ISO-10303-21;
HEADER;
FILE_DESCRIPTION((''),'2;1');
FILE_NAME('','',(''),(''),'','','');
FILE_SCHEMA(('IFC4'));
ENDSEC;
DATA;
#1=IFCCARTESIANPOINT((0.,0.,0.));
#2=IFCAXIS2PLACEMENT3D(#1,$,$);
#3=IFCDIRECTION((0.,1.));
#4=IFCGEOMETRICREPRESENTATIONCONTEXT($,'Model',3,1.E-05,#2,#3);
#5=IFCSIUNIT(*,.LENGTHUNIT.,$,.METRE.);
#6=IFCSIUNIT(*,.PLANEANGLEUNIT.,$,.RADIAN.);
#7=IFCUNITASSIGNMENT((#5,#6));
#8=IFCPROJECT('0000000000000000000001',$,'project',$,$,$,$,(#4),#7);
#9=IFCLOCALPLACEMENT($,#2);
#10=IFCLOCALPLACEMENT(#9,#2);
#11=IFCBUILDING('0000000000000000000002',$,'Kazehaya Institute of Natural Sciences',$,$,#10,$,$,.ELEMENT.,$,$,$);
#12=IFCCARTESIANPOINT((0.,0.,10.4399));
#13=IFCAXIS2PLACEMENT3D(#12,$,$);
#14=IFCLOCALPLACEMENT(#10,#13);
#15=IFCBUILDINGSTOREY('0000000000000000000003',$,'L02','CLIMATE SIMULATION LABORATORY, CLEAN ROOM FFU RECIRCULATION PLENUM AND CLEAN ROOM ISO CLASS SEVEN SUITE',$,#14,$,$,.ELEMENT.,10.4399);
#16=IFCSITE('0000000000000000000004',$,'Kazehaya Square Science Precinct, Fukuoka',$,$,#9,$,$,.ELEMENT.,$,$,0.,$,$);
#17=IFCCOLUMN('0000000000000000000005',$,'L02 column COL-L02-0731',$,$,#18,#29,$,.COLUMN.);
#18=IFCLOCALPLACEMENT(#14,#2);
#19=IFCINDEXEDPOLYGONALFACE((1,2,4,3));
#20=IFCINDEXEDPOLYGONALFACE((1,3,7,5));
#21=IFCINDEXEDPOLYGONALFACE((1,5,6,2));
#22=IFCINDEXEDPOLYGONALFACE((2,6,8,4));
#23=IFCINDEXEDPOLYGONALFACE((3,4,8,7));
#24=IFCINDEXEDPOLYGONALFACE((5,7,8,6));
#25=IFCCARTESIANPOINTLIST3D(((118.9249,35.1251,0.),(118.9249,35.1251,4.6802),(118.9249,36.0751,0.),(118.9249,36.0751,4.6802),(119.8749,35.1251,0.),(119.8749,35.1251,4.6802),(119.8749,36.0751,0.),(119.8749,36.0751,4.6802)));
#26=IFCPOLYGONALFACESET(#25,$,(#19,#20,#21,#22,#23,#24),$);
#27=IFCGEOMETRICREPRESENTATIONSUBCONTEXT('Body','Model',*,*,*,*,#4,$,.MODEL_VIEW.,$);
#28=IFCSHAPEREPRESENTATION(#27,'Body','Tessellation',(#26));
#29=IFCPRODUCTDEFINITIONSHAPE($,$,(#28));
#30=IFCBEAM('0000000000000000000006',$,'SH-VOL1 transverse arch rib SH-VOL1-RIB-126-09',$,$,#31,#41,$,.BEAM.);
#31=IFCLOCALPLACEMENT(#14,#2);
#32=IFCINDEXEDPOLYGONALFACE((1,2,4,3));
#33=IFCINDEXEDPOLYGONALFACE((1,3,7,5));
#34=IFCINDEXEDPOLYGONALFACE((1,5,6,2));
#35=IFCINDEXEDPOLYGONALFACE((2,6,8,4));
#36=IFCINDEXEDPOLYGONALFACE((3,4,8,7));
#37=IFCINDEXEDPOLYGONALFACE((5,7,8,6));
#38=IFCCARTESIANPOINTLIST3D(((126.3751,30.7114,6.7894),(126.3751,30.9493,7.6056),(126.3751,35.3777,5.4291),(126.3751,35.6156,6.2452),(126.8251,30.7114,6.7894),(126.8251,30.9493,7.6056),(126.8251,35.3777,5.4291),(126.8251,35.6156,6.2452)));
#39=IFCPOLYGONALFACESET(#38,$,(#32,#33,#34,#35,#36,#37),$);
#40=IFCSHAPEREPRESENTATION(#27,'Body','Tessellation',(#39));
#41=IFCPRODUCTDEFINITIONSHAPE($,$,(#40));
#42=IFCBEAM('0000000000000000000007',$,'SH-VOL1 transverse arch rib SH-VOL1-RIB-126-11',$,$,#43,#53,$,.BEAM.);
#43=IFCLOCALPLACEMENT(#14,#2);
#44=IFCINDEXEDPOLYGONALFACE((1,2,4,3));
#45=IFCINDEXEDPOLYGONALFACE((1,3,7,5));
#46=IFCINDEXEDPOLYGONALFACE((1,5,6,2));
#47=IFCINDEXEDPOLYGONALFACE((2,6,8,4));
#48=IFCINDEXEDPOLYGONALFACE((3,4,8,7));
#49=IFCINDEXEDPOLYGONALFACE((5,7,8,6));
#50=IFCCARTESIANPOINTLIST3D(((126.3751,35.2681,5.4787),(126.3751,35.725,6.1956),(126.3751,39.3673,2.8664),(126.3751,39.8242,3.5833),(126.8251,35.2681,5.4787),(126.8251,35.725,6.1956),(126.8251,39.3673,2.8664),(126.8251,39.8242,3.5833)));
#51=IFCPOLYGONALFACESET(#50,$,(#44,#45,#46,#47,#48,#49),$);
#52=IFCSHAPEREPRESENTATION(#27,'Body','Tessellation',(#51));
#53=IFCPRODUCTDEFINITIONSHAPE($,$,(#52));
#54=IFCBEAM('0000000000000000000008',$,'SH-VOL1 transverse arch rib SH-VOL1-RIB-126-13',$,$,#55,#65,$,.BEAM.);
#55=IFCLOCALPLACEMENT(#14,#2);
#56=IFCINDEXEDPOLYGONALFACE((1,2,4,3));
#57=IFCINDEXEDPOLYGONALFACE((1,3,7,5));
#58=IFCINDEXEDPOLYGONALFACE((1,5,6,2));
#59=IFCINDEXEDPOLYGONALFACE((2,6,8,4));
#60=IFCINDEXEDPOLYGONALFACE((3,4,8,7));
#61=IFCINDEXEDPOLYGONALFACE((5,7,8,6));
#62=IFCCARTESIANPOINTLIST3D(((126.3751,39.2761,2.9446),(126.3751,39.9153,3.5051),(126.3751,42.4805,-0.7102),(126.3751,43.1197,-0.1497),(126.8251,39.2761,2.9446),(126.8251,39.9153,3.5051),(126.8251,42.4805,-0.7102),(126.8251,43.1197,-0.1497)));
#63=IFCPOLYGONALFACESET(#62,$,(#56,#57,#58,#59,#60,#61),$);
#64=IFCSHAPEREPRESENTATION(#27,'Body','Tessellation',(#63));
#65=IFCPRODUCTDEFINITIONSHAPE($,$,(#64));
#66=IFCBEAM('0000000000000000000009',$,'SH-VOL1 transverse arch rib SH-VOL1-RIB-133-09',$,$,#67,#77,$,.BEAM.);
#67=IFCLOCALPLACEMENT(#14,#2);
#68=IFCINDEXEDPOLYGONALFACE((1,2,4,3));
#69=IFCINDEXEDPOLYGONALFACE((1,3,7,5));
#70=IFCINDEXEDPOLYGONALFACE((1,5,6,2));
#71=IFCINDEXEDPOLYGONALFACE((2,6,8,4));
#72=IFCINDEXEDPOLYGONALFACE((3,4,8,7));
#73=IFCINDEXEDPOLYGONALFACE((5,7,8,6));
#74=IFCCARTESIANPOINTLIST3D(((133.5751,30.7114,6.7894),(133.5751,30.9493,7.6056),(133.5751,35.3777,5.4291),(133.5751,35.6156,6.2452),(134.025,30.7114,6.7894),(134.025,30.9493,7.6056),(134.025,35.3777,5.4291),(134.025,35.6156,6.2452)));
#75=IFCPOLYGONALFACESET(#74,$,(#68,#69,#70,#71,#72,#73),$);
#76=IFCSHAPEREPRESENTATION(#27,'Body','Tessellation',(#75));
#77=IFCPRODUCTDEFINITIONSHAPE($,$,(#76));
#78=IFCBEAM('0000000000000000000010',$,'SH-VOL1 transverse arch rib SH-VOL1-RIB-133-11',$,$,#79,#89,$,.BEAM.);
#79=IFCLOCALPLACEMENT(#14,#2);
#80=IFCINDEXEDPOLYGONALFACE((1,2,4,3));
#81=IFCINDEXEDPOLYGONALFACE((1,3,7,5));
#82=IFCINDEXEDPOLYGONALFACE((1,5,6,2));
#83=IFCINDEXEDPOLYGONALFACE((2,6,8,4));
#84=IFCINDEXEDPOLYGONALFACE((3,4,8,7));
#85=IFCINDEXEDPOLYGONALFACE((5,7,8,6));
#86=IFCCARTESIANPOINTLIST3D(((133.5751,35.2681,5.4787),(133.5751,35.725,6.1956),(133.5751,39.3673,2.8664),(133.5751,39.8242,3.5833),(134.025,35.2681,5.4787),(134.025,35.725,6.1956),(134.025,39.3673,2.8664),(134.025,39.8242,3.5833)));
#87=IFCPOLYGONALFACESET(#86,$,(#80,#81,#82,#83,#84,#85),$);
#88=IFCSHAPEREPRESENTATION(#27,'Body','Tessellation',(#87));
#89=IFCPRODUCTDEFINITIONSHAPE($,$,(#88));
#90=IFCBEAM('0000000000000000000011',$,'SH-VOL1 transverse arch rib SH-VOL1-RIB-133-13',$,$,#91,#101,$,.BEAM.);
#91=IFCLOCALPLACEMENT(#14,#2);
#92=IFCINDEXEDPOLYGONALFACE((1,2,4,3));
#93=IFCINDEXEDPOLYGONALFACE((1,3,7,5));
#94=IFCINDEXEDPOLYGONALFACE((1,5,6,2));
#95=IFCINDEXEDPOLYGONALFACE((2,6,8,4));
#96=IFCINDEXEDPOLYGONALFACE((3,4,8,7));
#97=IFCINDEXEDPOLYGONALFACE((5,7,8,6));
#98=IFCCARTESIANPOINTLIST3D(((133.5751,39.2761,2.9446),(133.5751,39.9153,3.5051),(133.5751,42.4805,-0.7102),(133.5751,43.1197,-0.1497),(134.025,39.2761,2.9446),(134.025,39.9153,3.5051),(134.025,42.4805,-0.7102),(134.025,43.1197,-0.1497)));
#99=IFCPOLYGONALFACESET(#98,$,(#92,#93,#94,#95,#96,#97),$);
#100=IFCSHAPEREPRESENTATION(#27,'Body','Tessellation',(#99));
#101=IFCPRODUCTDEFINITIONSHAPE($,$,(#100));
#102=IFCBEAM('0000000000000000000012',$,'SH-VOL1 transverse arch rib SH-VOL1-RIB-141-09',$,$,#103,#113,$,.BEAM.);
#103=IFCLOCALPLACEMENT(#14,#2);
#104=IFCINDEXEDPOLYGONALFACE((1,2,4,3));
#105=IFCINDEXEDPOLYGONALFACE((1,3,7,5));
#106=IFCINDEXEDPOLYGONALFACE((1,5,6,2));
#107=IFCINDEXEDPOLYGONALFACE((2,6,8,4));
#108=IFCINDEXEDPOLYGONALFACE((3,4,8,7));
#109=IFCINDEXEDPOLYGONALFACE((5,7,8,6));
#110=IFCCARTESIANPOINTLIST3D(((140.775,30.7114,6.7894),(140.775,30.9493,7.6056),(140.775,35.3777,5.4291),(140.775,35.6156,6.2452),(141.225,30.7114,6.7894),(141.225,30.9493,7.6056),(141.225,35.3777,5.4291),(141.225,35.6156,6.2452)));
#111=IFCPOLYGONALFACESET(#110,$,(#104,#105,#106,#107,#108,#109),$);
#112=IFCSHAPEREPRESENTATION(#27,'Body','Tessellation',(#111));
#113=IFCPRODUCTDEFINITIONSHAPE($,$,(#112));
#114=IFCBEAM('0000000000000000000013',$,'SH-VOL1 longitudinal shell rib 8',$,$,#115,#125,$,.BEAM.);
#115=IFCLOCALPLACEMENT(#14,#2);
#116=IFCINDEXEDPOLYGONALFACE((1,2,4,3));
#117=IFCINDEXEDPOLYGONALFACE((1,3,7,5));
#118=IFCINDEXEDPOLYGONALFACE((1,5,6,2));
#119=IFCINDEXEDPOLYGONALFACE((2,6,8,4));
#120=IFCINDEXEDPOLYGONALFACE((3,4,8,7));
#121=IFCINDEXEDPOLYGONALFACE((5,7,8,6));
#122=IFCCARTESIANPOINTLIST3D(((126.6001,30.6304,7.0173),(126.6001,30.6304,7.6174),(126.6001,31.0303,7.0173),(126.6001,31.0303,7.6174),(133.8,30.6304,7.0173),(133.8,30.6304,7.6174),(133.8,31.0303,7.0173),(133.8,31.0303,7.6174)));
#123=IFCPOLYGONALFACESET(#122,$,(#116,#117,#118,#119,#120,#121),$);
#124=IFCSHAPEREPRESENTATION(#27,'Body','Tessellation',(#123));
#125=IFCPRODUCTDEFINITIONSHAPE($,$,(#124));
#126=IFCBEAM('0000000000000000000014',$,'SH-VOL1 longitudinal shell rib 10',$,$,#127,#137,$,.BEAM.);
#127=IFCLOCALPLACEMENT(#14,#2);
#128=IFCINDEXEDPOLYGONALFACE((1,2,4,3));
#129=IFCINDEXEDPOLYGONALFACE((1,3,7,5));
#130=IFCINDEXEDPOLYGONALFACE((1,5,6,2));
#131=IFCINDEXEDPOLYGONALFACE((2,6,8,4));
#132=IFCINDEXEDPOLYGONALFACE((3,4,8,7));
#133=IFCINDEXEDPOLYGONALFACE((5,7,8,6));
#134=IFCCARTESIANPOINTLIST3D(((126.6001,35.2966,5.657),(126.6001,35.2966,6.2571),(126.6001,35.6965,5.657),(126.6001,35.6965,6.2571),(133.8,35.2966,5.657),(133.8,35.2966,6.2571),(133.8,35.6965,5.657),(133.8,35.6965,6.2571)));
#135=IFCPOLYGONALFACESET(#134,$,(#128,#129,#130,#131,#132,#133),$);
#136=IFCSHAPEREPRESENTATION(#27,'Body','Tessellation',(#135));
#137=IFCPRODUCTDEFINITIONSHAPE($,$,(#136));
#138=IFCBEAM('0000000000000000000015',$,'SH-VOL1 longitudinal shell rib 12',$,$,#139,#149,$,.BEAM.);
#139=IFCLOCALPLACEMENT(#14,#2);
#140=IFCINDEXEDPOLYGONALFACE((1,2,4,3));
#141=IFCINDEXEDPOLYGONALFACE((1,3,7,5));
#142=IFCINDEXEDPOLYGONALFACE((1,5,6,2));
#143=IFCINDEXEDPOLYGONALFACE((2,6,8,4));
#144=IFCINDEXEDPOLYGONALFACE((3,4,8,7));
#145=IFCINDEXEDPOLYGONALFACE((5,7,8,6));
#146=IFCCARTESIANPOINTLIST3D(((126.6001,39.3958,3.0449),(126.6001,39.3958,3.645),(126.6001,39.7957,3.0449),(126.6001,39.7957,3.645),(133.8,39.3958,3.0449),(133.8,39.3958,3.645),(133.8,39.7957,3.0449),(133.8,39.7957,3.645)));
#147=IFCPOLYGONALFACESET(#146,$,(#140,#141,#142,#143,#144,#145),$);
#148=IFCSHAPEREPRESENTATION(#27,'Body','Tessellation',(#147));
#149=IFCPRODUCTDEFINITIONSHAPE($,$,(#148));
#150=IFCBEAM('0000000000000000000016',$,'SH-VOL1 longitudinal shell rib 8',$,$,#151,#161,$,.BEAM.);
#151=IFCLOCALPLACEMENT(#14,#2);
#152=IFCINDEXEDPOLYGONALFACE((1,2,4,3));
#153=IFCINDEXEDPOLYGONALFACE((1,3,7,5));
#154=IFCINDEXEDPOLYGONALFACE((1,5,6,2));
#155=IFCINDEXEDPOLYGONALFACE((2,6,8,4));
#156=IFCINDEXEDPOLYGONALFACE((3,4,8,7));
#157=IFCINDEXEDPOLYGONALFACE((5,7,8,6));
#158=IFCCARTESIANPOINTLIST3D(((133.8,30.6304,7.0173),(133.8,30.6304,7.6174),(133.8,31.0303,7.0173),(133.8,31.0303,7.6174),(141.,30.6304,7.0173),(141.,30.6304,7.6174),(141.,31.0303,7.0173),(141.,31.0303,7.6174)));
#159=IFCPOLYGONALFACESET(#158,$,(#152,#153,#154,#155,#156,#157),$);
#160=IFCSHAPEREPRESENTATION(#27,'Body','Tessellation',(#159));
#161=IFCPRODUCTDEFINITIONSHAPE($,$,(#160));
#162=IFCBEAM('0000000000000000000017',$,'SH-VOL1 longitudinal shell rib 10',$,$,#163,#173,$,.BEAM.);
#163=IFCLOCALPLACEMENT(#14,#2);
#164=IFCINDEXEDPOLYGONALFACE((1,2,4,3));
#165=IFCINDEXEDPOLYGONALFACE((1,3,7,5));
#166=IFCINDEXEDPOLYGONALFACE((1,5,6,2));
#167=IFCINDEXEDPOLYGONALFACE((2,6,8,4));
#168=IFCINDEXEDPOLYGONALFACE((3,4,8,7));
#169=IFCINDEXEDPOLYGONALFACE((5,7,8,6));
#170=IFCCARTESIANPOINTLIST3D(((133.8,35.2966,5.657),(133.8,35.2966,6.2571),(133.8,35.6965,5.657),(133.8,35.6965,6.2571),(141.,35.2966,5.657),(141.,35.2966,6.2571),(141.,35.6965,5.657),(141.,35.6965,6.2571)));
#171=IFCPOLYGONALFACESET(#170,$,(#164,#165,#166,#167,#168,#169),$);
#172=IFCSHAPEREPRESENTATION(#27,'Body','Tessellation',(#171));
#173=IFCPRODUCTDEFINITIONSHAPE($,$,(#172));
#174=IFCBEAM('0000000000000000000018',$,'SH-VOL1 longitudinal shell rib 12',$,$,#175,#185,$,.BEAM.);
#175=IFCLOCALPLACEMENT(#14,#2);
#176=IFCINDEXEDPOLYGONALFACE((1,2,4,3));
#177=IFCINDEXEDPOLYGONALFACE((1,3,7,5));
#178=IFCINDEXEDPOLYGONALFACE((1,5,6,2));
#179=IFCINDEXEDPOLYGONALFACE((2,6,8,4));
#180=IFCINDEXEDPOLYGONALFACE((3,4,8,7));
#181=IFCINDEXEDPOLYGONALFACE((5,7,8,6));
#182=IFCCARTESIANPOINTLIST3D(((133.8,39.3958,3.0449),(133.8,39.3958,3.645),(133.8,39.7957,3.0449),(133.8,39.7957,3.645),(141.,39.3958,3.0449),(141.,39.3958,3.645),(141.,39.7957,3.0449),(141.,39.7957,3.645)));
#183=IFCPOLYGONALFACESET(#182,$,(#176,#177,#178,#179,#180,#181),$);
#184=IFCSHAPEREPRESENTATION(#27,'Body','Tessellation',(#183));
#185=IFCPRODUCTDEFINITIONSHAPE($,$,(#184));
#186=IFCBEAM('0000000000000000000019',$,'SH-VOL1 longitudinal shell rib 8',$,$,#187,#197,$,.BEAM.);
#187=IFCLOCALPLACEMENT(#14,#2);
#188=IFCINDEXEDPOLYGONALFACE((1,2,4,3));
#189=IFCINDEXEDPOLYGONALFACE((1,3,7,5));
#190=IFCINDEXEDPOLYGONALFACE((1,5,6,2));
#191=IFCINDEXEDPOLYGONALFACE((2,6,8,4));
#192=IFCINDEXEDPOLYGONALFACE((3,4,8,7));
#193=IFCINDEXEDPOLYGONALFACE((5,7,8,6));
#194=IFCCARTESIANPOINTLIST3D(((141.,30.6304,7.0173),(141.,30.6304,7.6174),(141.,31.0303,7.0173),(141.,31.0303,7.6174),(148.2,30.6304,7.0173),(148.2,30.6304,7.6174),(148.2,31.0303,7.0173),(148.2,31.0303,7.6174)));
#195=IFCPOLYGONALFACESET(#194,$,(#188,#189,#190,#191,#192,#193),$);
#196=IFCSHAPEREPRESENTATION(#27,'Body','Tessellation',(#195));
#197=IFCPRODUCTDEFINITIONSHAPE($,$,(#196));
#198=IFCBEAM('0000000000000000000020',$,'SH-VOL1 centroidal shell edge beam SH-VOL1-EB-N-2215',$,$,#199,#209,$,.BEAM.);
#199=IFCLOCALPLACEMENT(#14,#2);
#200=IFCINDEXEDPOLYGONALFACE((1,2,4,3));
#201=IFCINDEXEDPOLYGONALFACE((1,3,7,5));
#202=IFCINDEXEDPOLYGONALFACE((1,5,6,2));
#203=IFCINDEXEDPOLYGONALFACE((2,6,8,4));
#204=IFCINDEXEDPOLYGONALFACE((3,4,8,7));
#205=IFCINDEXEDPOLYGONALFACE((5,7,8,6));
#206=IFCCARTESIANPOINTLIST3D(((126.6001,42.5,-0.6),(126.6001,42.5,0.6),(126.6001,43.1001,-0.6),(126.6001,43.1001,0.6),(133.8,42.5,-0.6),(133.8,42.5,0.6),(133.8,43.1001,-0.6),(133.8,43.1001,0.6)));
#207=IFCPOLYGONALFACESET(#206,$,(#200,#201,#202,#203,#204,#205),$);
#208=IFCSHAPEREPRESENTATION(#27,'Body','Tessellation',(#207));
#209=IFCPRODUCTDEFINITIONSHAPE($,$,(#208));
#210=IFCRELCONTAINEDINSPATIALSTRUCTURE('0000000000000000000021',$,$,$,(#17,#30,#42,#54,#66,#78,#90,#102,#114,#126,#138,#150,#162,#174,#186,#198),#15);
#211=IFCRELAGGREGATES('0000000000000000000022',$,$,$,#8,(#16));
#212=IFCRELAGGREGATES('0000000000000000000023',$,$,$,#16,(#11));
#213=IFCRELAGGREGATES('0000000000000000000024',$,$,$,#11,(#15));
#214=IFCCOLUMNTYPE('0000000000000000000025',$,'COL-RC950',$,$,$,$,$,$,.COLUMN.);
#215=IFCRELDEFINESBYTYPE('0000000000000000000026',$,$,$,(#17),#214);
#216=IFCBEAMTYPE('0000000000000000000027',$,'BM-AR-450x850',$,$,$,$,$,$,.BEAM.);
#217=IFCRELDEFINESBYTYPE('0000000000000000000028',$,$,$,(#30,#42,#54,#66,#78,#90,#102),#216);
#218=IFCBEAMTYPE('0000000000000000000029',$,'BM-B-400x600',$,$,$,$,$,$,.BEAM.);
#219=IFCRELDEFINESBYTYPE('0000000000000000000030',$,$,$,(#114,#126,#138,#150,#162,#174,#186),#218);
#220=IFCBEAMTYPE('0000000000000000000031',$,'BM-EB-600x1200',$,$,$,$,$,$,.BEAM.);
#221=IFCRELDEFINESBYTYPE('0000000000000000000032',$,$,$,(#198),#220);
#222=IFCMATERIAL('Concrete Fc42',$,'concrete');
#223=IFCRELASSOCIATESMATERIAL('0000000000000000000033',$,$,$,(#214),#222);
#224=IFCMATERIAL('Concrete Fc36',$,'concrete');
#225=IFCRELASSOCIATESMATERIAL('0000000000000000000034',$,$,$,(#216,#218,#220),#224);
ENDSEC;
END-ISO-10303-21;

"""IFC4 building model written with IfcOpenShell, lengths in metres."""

from ifc_helpers import new_model, si_unit, direction, frame, origin, origin_2d, place, context, subcontext, project, spatial, rectangle, extrude, material, material_profile, profile_set, type_object, element, save


model = new_model("IFC4")

# Units and contexts
model_context = context("Model", 3, precision=1e-05, world=origin(), true_north=direction((0.0, 1.0)))
body_context = subcontext(model_context, "Body", "Model", "MODEL_VIEW")
ifc_project = project(units=[si_unit("LENGTHUNIT", "METRE"), si_unit("PLANEANGLEUNIT", "RADIAN")], contexts=[model_context])

# Site, building, storey
site_placement = place(None, origin())
site = spatial("IfcSite", under=ifc_project, at=site_placement, Name="Kazehaya Square Science Precinct, Fukuoka", CompositionType="ELEMENT", RefElevation=0.0)
building_placement = place(site_placement, origin())
building = spatial("IfcBuilding", under=site, at=building_placement, Name="Kazehaya Institute of Natural Sciences", CompositionType="ELEMENT")
storey_placement = place(building_placement, frame((0.0, 0.0, 10.4399)))
storey = spatial("IfcBuildingStorey", under=building, at=storey_placement, Name="L02", Description="CLIMATE SIMULATION LABORATORY, CLEAN ROOM FFU RECIRCULATION PLENUM AND CLEAN ROOM ISO CLASS SEVEN SUITE", CompositionType="ELEMENT", Elevation=10.4399)

# Column
ifc_material_1 = material(Name="Concrete Fc42", Category="concrete")
ifc_material_profile_1 = material_profile(ifc_material_1, rectangle(XDim=0.95, YDim=0.95, at=origin_2d()), Name="RC-950x950")
ifc_profile_set_1 = profile_set([ifc_material_profile_1], Name="Concrete Fc42")
column_type = type_object("IfcColumnType", Name="COL-RC950", PredefinedType="COLUMN", material=ifc_profile_set_1)
column_placement = place(storey_placement, frame((119.3999, 35.6001, 0.0), z_axis=(0.0, 0.0, 1.0), x_axis=(1.0, 0.0, 0.0)))
element("IfcColumn", 1, at=column_placement, inside=storey, type_object=column_type, Name="L02 column COL-L02-0731", PredefinedType="COLUMN", context=body_context, shape_type="SweptSolid", body=[
    extrude(rectangle(XDim=0.95, YDim=0.95, at=origin_2d()), origin(), (0.0, 0.0, 1.0), 4.6802),
])

# Beams
ifc_material_2 = material(Name="Concrete Fc36", Category="concrete")
ifc_material_profile_2 = material_profile(ifc_material_2, rectangle(XDim=0.45, YDim=0.8501, at=origin_2d()), Name="RC-450x850")
ifc_profile_set_2 = profile_set([ifc_material_profile_2], Name="Concrete Fc36")
beam_type_1 = type_object("IfcBeamType", Name="BM-AR-450x850", PredefinedType="BEAM", material=ifc_profile_set_2)
beam_1_placement = place(storey_placement, frame((126.6001, 30.8303, 7.1975), z_axis=(0.0, 0.960035, -0.279878), x_axis=(-1.0, 0.0, 0.0)))
element("IfcBeam", 2, at=beam_1_placement, inside=storey, type_object=beam_type_1, Name="SH-VOL1 transverse arch rib SH-VOL1-RIB-126-09", PredefinedType="BEAM", context=body_context, shape_type="SweptSolid", body=[
    extrude(rectangle(XDim=0.45, YDim=0.8501, at=origin_2d()), origin(), (0.0, 0.0, 1.0), 4.8606),
])
beam_2_placement = place(storey_placement, frame((126.6001, 35.4966, 5.8372), z_axis=(0.0, 0.84331, -0.537428), x_axis=(-1.0, 0.0, 0.0)))
element("IfcBeam", 3, at=beam_2_placement, inside=storey, type_object=beam_type_1, Name="SH-VOL1 transverse arch rib SH-VOL1-RIB-126-11", PredefinedType="BEAM", context=body_context, shape_type="SweptSolid", body=[
    extrude(rectangle(XDim=0.45, YDim=0.8501, at=origin_2d()), origin(), (0.0, 0.0, 1.0), 4.8608),
])
for number, where, z_axis, x_axis, name in (
    (4, (126.6001, 39.5957, 3.2249), (0.0, 0.659251, -0.751923), (-1.0, 0.0, 0.0), "SH-VOL1 transverse arch rib SH-VOL1-RIB-126-13"),
    (5, (133.8, 30.8303, 7.1975), (0.0, 0.960035, -0.279878), (-1.0, 0.0, 0.0), "SH-VOL1 transverse arch rib SH-VOL1-RIB-133-09"),
):
    element("IfcBeam", number, at=place(storey_placement, frame(where, z_axis=z_axis, x_axis=x_axis)), inside=storey, type_object=beam_type_1, Name=name, PredefinedType="BEAM", context=body_context, shape_type="SweptSolid", body=[
        extrude(rectangle(XDim=0.45, YDim=0.8501, at=origin_2d()), origin(), (0.0, 0.0, 1.0), 4.8606),
    ])
beam_3_placement = place(storey_placement, frame((133.8, 35.4966, 5.8372), z_axis=(0.0, 0.84331, -0.537428), x_axis=(-1.0, 0.0, 0.0)))
element("IfcBeam", 6, at=beam_3_placement, inside=storey, type_object=beam_type_1, Name="SH-VOL1 transverse arch rib SH-VOL1-RIB-133-11", PredefinedType="BEAM", context=body_context, shape_type="SweptSolid", body=[
    extrude(rectangle(XDim=0.45, YDim=0.8501, at=origin_2d()), origin(), (0.0, 0.0, 1.0), 4.8608),
])
for number, where, z_axis, x_axis, name in (
    (7, (133.8, 39.5957, 3.2249), (0.0, 0.659251, -0.751923), (-1.0, 0.0, 0.0), "SH-VOL1 transverse arch rib SH-VOL1-RIB-133-13"),
    (8, (141.0, 30.8303, 7.1975), (0.0, 0.960035, -0.279878), (-1.0, 0.0, 0.0), "SH-VOL1 transverse arch rib SH-VOL1-RIB-141-09"),
):
    element("IfcBeam", number, at=place(storey_placement, frame(where, z_axis=z_axis, x_axis=x_axis)), inside=storey, type_object=beam_type_1, Name=name, PredefinedType="BEAM", context=body_context, shape_type="SweptSolid", body=[
        extrude(rectangle(XDim=0.45, YDim=0.8501, at=origin_2d()), origin(), (0.0, 0.0, 1.0), 4.8606),
    ])
ifc_material_profile_3 = material_profile(ifc_material_2, rectangle(XDim=0.3999, YDim=0.6001, at=origin_2d()), Name="RC-400x600")
ifc_profile_set_3 = profile_set([ifc_material_profile_3], Name="Concrete Fc36")
beam_type_2 = type_object("IfcBeamType", Name="BM-B-400x600", PredefinedType="BEAM", material=ifc_profile_set_3)
for number, where, z_axis, x_axis, name in (
    (9, (126.6001, 30.8303, 7.3174), (1.0, 0.0, 0.0), (0.0, 1.0, 0.0), "SH-VOL1 longitudinal shell rib 8"),
    (10, (126.6001, 35.4966, 5.957), (1.0, 0.0, 0.0), (0.0, 1.0, 0.0), "SH-VOL1 longitudinal shell rib 10"),
    (11, (126.6001, 39.5957, 3.345), (1.0, 0.0, 0.0), (0.0, 1.0, 0.0), "SH-VOL1 longitudinal shell rib 12"),
    (12, (133.8, 30.8303, 7.3174), (1.0, 0.0, 0.0), (0.0, 1.0, 0.0), "SH-VOL1 longitudinal shell rib 8"),
    (13, (133.8, 35.4966, 5.957), (1.0, 0.0, 0.0), (0.0, 1.0, 0.0), "SH-VOL1 longitudinal shell rib 10"),
    (14, (133.8, 39.5957, 3.345), (1.0, 0.0, 0.0), (0.0, 1.0, 0.0), "SH-VOL1 longitudinal shell rib 12"),
    (15, (141.0, 30.8303, 7.3174), (1.0, 0.0, 0.0), (0.0, 1.0, 0.0), "SH-VOL1 longitudinal shell rib 8"),
):
    element("IfcBeam", number, at=place(storey_placement, frame(where, z_axis=z_axis, x_axis=x_axis)), inside=storey, type_object=beam_type_2, Name=name, PredefinedType="BEAM", context=body_context, shape_type="SweptSolid", body=[
        extrude(rectangle(XDim=0.3999, YDim=0.6001, at=origin_2d()), origin(), (0.0, 0.0, 1.0), 7.2),
    ])
ifc_material_profile_4 = material_profile(ifc_material_2, rectangle(XDim=0.6001, YDim=1.2, at=origin_2d()), Name="RC-600x1200")
ifc_profile_set_4 = profile_set([ifc_material_profile_4], Name="Concrete Fc36")
beam_type_3 = type_object("IfcBeamType", Name="BM-EB-600x1200", PredefinedType="BEAM", material=ifc_profile_set_4)
for number, where, z_axis, x_axis, name in (
    (16, (126.6001, 42.8, 0.0), (1.0, 0.0, 0.0), (0.0, 1.0, 0.0), "SH-VOL1 centroidal shell edge beam SH-VOL1-EB-N-2215"),
):
    element("IfcBeam", number, at=place(storey_placement, frame(where, z_axis=z_axis, x_axis=x_axis)), inside=storey, type_object=beam_type_3, Name=name, PredefinedType="BEAM", context=body_context, shape_type="SweptSolid", body=[
        extrude(rectangle(XDim=0.6001, YDim=1.2, at=origin_2d()), origin(), (0.0, 0.0, 1.0), 7.2),
    ])

save(model, "model.ifc")
